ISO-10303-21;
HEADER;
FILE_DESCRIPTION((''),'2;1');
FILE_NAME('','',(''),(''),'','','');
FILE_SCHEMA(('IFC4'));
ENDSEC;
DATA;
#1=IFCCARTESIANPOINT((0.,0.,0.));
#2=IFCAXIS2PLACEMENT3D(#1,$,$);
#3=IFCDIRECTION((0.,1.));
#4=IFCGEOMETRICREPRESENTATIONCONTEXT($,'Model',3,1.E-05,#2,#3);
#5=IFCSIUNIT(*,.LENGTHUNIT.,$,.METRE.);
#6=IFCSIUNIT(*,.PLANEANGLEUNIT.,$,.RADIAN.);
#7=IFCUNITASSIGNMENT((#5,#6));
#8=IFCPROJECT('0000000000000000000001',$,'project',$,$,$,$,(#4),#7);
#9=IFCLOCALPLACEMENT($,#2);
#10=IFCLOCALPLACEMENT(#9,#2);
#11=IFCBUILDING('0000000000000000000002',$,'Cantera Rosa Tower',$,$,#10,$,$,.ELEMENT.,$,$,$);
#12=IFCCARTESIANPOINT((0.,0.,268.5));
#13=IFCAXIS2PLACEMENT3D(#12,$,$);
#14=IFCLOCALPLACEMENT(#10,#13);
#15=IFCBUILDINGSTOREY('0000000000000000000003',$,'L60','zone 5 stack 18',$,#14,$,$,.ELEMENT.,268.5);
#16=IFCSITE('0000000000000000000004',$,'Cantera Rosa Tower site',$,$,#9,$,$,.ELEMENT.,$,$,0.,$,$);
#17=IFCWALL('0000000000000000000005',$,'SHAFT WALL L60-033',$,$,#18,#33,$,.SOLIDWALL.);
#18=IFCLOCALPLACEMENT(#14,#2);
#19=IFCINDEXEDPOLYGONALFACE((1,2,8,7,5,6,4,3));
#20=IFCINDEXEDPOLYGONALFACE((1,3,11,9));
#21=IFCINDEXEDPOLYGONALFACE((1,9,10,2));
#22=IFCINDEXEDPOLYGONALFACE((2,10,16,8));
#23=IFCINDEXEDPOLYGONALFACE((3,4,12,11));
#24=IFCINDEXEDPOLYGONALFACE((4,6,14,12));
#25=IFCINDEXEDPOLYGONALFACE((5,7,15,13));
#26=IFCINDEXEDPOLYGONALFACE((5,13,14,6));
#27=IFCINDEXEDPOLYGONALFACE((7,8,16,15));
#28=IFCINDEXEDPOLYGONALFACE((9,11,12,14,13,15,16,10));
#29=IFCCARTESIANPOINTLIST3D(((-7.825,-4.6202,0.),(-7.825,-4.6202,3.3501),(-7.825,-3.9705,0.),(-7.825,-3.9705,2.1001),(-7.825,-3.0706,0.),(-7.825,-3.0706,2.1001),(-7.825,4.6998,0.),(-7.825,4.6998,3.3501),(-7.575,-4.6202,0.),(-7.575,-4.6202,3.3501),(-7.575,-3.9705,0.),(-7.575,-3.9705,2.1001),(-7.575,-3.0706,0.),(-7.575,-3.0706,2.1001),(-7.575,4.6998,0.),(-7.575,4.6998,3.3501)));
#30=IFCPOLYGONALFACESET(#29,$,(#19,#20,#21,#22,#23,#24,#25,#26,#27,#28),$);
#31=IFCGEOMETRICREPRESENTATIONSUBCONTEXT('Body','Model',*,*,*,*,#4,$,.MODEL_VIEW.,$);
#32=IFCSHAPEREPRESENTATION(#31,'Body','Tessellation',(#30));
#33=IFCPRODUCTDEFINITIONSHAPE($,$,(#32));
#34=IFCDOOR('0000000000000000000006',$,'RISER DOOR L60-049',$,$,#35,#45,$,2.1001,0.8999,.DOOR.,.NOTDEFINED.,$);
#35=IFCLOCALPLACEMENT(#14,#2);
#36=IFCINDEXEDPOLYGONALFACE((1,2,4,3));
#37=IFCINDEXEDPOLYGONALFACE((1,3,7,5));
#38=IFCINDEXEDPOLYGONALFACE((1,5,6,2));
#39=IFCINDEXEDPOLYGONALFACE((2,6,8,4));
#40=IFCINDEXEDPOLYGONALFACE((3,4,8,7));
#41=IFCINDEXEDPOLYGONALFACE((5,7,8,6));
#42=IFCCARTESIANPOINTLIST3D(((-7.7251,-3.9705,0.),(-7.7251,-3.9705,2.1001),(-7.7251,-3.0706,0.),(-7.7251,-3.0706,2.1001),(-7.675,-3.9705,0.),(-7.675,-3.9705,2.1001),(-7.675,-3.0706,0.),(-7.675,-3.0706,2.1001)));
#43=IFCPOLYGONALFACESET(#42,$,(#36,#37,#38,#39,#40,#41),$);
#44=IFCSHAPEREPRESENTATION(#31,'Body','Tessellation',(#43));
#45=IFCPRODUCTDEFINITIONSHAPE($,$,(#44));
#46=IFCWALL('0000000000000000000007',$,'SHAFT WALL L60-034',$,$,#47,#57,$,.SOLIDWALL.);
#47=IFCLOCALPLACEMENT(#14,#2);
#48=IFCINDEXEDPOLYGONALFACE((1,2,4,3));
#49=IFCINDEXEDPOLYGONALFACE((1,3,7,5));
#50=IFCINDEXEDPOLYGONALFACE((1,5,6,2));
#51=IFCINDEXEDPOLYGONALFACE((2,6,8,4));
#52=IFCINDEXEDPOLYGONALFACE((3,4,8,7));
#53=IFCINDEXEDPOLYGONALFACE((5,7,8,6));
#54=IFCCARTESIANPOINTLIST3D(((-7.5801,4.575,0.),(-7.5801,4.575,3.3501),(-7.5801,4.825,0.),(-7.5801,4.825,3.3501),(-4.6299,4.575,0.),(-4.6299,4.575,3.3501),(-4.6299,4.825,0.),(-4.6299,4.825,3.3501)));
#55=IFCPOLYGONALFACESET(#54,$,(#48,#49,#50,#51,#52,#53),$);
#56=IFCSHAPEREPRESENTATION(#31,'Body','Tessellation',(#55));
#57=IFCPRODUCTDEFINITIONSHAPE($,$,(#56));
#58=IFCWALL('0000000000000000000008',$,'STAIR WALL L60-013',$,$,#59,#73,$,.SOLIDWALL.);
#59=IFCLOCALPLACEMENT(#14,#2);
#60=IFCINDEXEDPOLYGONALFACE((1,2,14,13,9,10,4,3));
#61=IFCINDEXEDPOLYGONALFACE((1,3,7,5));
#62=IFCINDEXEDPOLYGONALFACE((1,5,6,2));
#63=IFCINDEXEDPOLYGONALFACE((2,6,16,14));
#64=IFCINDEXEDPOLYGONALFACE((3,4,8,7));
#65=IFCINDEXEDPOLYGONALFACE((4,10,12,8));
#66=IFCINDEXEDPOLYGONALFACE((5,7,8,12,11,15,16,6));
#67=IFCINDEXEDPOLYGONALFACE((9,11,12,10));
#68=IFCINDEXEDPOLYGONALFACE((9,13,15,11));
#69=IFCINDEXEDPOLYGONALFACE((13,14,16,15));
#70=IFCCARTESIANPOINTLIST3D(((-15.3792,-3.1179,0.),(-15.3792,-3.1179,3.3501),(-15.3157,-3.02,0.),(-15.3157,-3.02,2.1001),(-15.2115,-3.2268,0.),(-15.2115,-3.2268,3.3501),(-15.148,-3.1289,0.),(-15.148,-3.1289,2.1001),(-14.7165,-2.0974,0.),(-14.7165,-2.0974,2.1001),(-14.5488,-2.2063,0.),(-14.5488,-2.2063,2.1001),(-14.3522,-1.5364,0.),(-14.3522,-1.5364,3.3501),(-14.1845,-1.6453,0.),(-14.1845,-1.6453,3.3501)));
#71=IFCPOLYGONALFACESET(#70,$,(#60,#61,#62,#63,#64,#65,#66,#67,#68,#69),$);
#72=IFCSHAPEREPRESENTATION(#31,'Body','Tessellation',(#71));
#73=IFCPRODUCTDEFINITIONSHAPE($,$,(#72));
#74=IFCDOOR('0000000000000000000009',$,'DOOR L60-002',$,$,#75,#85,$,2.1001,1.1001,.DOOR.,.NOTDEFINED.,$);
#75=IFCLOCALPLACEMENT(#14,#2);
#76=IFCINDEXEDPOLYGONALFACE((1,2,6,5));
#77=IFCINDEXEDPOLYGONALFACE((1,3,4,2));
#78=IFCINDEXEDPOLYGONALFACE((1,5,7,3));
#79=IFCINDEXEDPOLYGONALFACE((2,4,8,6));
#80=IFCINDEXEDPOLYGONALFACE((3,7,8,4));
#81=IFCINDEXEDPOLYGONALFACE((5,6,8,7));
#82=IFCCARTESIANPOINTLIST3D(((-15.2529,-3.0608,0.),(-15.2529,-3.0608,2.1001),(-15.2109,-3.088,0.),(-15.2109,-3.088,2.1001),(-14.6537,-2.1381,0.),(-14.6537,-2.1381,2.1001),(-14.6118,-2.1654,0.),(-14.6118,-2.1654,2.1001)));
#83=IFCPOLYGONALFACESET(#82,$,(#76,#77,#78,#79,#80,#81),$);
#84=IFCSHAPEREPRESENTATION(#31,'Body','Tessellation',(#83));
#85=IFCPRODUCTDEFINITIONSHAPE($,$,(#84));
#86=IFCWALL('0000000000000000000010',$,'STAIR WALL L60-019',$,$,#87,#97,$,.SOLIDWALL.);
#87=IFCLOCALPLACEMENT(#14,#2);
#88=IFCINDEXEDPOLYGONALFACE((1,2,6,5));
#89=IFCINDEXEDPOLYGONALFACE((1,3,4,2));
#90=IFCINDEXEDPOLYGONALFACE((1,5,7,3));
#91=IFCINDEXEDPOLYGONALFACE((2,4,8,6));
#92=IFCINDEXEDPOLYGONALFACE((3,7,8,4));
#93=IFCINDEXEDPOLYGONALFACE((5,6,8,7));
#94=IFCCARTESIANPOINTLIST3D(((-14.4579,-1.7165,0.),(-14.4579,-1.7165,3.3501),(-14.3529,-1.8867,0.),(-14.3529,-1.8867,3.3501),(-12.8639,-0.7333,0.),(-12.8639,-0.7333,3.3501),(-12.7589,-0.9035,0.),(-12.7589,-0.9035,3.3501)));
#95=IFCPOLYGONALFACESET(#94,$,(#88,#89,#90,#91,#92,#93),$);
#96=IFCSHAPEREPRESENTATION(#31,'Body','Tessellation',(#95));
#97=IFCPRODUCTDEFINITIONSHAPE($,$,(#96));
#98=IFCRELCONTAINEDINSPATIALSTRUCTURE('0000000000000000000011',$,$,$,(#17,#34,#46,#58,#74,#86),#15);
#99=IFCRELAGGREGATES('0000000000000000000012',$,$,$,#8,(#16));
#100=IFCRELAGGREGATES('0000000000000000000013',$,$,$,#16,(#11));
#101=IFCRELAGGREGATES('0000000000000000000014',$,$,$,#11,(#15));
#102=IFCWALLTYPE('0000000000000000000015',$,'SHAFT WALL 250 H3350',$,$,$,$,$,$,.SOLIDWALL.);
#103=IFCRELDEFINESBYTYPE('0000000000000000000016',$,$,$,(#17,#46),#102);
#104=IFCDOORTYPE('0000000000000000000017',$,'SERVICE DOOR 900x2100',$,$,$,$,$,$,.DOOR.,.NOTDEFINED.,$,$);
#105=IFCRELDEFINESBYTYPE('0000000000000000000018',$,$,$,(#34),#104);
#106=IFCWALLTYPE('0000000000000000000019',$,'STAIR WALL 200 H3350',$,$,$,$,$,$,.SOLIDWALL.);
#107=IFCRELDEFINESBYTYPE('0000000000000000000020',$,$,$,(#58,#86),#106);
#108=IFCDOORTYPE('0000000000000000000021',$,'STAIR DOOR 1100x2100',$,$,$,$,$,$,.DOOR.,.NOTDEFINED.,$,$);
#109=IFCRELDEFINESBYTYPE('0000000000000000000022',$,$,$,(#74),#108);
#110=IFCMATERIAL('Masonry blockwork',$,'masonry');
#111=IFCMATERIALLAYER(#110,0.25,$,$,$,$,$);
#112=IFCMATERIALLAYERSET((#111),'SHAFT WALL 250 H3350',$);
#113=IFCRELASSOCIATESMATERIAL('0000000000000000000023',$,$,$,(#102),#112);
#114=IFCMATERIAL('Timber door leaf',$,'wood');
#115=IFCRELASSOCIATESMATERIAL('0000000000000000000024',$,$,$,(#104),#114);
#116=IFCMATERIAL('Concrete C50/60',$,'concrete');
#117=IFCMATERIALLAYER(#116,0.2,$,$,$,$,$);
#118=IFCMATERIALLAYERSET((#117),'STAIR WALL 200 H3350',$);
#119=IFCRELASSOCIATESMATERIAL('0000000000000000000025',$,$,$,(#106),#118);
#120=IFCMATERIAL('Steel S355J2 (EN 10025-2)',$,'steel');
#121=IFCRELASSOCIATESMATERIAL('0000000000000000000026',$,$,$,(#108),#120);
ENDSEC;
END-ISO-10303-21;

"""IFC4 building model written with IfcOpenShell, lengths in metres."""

from ifc_helpers import new_model, si_unit, direction, frame, frame_2d, origin, place, context, subcontext, project, spatial, rectangle, extrude, material, layer, layer_set, type_object, element, fill, save


model = new_model("IFC4")

# Units and contexts
model_context = context("Model", 3, precision=1e-05, world=origin(), true_north=direction((0.0, 1.0)))
body_context = subcontext(model_context, "Body", "Model", "MODEL_VIEW")
ifc_project = project(units=[si_unit("LENGTHUNIT", "METRE"), si_unit("PLANEANGLEUNIT", "RADIAN")], contexts=[model_context])

# Site, building, storey
site_placement = place(None, origin())
site = spatial("IfcSite", under=ifc_project, at=site_placement, Name="Cantera Rosa Tower site", CompositionType="ELEMENT", RefElevation=0.0)
building_placement = place(site_placement, origin())
building = spatial("IfcBuilding", under=site, at=building_placement, Name="Cantera Rosa Tower", CompositionType="ELEMENT")
storey_placement = place(building_placement, frame((0.0, 0.0, 268.5)))
storey = spatial("IfcBuildingStorey", under=building, at=storey_placement, Name="L60", Description="zone 5 stack 18", CompositionType="ELEMENT", Elevation=268.5)

# Shared definitions
ifc_material_1 = material(Name="Masonry blockwork", Category="masonry")
ifc_layer_1 = layer(ifc_material_1, 0.25)
ifc_layer_set_1 = layer_set([ifc_layer_1], Name="SHAFT WALL 250 H3350")
wall_type_1 = type_object("IfcWallType", Name="SHAFT WALL 250 H3350", PredefinedType="SOLIDWALL", material=ifc_layer_set_1)

# Wall, opening, door
wall_1_placement = place(storey_placement, frame((-7.7, 4.7, 0.0), z_axis=(0.0, 0.0, 1.0), x_axis=(0.0, -1.0, 0.0)))
wall_1 = element("IfcWall", 1, at=wall_1_placement, inside=storey, type_object=wall_type_1, Name="SHAFT WALL L60-033", PredefinedType="SOLIDWALL", context=body_context, shape_type="SweptSolid", body=[
    extrude(rectangle(XDim=9.3201, YDim=0.25, at=frame_2d((4.6602, 0.0))), origin(), (0.0, 0.0, 1.0), 3.3501),
])
opening_1_placement = place(wall_1_placement, frame((7.7705, 0.0, 0.0)))
opening_1 = element("IfcOpeningElement", 2, at=opening_1_placement, cuts=wall_1, PredefinedType="OPENING", context=body_context, shape_type="SweptSolid", body=[
    extrude(rectangle(XDim=0.8999, YDim=2.1001, at=frame_2d((0.45, 1.05))), frame((0.0, 0.135, 0.0), z_axis=(0.0, -1.0, 0.0), x_axis=(1.0, 0.0, 0.0)), (0.0, 0.0, 1.0), 0.27),
])
ifc_material_2 = material(Name="Timber door leaf", Category="wood")
door_type_1 = type_object("IfcDoorType", Name="SERVICE DOOR 900x2100", OperationType="NOTDEFINED", PredefinedType="DOOR", material=ifc_material_2)
door_1_placement = place(opening_1_placement, origin())
door_1 = element("IfcDoor", 3, at=door_1_placement, inside=storey, type_object=door_type_1, Name="RISER DOOR L60-049", OperationType="NOTDEFINED", OverallHeight=2.1001, OverallWidth=0.8999, PredefinedType="DOOR", context=body_context, shape_type="SweptSolid", body=[
    extrude(rectangle(XDim=0.8999, YDim=2.1001, at=frame_2d((0.45, 1.05))), frame((0.0, 0.0249, 0.0), z_axis=(0.0, -1.0, 0.0), x_axis=(1.0, 0.0, 0.0)), (0.0, 0.0, 1.0), 0.05),
])
fill(opening_1, door_1)

# Wall
wall_2_placement = place(storey_placement, frame((-7.5801, 4.7, 0.0), z_axis=(0.0, 0.0, 1.0), x_axis=(1.0, 0.0, 0.0)))
element("IfcWall", 4, at=wall_2_placement, inside=storey, type_object=wall_type_1, Name="SHAFT WALL L60-034", PredefinedType="SOLIDWALL", context=body_context, shape_type="SweptSolid", body=[
    extrude(rectangle(XDim=2.9502, YDim=0.25, at=frame_2d((1.4751, 0.0))), origin(), (0.0, 0.0, 1.0), 3.3501),
])

# Wall, opening, door
ifc_material_3 = material(Name="Concrete C50/60", Category="concrete")
ifc_layer_2 = layer(ifc_material_3, 0.2)
ifc_layer_set_2 = layer_set([ifc_layer_2], Name="STAIR WALL 200 H3350")
wall_type_2 = type_object("IfcWallType", Name="STAIR WALL 200 H3350", PredefinedType="SOLIDWALL", material=ifc_layer_set_2)
wall_3_placement = place(storey_placement, frame((-14.2683, -1.5908, 0.0), z_axis=(0.0, 0.0, 1.0), x_axis=(-0.544652, -0.838662, 0.0)))
wall_3 = element("IfcWall", 5, at=wall_3_placement, inside=storey, type_object=wall_type_2, Name="STAIR WALL L60-013", PredefinedType="SOLIDWALL", context=body_context, shape_type="SweptSolid", body=[
    extrude(rectangle(XDim=1.8857, YDim=0.2, at=frame_2d((0.9429, 0.0))), origin(), (0.0, 0.0, 1.0), 3.3501),
])
opening_2_placement = place(wall_3_placement, frame((0.6689, 0.0, 0.0)))
opening_2 = element("IfcOpeningElement", 6, at=opening_2_placement, cuts=wall_3, PredefinedType="OPENING", context=body_context, shape_type="SweptSolid", body=[
    extrude(rectangle(XDim=1.1001, YDim=2.1001, at=frame_2d((0.55, 1.05))), frame((0.0, 0.1099, 0.0), z_axis=(0.0, -1.0, 0.0), x_axis=(1.0, 0.0, 0.0)), (0.0, 0.0, 1.0), 0.22),
])
ifc_material_4 = material(Name="Steel S355J2 (EN 10025-2)", Category="steel")
door_type_2 = type_object("IfcDoorType", Name="STAIR DOOR 1100x2100", OperationType="NOTDEFINED", PredefinedType="DOOR", material=ifc_material_4)
door_2_placement = place(opening_2_placement, origin())
door_2 = element("IfcDoor", 7, at=door_2_placement, inside=storey, type_object=door_type_2, Name="DOOR L60-002", OperationType="NOTDEFINED", OverallHeight=2.1001, OverallWidth=1.1001, PredefinedType="DOOR", context=body_context, shape_type="SweptSolid", body=[
    extrude(rectangle(XDim=1.1001, YDim=2.1001, at=frame_2d((0.55, 1.05))), frame((0.0, 0.0249, 0.0), z_axis=(0.0, -1.0, 0.0), x_axis=(1.0, 0.0, 0.0)), (0.0, 0.0, 1.0), 0.05),
])
fill(opening_2, door_2)

# Wall
wall_4_placement = place(storey_placement, frame((-12.8113, -0.8184, 0.0), z_axis=(0.0, 0.0, 1.0), x_axis=(-0.851125, -0.524963, 0.0)))
element("IfcWall", 8, at=wall_4_placement, inside=storey, type_object=wall_type_2, Name="STAIR WALL L60-019", PredefinedType="SOLIDWALL", context=body_context, shape_type="SweptSolid", body=[
    extrude(rectangle(XDim=1.8728, YDim=0.2, at=frame_2d((0.9365, 0.0))), origin(), (0.0, 0.0, 1.0), 3.3501),
])

save(model, "model.ifc")
